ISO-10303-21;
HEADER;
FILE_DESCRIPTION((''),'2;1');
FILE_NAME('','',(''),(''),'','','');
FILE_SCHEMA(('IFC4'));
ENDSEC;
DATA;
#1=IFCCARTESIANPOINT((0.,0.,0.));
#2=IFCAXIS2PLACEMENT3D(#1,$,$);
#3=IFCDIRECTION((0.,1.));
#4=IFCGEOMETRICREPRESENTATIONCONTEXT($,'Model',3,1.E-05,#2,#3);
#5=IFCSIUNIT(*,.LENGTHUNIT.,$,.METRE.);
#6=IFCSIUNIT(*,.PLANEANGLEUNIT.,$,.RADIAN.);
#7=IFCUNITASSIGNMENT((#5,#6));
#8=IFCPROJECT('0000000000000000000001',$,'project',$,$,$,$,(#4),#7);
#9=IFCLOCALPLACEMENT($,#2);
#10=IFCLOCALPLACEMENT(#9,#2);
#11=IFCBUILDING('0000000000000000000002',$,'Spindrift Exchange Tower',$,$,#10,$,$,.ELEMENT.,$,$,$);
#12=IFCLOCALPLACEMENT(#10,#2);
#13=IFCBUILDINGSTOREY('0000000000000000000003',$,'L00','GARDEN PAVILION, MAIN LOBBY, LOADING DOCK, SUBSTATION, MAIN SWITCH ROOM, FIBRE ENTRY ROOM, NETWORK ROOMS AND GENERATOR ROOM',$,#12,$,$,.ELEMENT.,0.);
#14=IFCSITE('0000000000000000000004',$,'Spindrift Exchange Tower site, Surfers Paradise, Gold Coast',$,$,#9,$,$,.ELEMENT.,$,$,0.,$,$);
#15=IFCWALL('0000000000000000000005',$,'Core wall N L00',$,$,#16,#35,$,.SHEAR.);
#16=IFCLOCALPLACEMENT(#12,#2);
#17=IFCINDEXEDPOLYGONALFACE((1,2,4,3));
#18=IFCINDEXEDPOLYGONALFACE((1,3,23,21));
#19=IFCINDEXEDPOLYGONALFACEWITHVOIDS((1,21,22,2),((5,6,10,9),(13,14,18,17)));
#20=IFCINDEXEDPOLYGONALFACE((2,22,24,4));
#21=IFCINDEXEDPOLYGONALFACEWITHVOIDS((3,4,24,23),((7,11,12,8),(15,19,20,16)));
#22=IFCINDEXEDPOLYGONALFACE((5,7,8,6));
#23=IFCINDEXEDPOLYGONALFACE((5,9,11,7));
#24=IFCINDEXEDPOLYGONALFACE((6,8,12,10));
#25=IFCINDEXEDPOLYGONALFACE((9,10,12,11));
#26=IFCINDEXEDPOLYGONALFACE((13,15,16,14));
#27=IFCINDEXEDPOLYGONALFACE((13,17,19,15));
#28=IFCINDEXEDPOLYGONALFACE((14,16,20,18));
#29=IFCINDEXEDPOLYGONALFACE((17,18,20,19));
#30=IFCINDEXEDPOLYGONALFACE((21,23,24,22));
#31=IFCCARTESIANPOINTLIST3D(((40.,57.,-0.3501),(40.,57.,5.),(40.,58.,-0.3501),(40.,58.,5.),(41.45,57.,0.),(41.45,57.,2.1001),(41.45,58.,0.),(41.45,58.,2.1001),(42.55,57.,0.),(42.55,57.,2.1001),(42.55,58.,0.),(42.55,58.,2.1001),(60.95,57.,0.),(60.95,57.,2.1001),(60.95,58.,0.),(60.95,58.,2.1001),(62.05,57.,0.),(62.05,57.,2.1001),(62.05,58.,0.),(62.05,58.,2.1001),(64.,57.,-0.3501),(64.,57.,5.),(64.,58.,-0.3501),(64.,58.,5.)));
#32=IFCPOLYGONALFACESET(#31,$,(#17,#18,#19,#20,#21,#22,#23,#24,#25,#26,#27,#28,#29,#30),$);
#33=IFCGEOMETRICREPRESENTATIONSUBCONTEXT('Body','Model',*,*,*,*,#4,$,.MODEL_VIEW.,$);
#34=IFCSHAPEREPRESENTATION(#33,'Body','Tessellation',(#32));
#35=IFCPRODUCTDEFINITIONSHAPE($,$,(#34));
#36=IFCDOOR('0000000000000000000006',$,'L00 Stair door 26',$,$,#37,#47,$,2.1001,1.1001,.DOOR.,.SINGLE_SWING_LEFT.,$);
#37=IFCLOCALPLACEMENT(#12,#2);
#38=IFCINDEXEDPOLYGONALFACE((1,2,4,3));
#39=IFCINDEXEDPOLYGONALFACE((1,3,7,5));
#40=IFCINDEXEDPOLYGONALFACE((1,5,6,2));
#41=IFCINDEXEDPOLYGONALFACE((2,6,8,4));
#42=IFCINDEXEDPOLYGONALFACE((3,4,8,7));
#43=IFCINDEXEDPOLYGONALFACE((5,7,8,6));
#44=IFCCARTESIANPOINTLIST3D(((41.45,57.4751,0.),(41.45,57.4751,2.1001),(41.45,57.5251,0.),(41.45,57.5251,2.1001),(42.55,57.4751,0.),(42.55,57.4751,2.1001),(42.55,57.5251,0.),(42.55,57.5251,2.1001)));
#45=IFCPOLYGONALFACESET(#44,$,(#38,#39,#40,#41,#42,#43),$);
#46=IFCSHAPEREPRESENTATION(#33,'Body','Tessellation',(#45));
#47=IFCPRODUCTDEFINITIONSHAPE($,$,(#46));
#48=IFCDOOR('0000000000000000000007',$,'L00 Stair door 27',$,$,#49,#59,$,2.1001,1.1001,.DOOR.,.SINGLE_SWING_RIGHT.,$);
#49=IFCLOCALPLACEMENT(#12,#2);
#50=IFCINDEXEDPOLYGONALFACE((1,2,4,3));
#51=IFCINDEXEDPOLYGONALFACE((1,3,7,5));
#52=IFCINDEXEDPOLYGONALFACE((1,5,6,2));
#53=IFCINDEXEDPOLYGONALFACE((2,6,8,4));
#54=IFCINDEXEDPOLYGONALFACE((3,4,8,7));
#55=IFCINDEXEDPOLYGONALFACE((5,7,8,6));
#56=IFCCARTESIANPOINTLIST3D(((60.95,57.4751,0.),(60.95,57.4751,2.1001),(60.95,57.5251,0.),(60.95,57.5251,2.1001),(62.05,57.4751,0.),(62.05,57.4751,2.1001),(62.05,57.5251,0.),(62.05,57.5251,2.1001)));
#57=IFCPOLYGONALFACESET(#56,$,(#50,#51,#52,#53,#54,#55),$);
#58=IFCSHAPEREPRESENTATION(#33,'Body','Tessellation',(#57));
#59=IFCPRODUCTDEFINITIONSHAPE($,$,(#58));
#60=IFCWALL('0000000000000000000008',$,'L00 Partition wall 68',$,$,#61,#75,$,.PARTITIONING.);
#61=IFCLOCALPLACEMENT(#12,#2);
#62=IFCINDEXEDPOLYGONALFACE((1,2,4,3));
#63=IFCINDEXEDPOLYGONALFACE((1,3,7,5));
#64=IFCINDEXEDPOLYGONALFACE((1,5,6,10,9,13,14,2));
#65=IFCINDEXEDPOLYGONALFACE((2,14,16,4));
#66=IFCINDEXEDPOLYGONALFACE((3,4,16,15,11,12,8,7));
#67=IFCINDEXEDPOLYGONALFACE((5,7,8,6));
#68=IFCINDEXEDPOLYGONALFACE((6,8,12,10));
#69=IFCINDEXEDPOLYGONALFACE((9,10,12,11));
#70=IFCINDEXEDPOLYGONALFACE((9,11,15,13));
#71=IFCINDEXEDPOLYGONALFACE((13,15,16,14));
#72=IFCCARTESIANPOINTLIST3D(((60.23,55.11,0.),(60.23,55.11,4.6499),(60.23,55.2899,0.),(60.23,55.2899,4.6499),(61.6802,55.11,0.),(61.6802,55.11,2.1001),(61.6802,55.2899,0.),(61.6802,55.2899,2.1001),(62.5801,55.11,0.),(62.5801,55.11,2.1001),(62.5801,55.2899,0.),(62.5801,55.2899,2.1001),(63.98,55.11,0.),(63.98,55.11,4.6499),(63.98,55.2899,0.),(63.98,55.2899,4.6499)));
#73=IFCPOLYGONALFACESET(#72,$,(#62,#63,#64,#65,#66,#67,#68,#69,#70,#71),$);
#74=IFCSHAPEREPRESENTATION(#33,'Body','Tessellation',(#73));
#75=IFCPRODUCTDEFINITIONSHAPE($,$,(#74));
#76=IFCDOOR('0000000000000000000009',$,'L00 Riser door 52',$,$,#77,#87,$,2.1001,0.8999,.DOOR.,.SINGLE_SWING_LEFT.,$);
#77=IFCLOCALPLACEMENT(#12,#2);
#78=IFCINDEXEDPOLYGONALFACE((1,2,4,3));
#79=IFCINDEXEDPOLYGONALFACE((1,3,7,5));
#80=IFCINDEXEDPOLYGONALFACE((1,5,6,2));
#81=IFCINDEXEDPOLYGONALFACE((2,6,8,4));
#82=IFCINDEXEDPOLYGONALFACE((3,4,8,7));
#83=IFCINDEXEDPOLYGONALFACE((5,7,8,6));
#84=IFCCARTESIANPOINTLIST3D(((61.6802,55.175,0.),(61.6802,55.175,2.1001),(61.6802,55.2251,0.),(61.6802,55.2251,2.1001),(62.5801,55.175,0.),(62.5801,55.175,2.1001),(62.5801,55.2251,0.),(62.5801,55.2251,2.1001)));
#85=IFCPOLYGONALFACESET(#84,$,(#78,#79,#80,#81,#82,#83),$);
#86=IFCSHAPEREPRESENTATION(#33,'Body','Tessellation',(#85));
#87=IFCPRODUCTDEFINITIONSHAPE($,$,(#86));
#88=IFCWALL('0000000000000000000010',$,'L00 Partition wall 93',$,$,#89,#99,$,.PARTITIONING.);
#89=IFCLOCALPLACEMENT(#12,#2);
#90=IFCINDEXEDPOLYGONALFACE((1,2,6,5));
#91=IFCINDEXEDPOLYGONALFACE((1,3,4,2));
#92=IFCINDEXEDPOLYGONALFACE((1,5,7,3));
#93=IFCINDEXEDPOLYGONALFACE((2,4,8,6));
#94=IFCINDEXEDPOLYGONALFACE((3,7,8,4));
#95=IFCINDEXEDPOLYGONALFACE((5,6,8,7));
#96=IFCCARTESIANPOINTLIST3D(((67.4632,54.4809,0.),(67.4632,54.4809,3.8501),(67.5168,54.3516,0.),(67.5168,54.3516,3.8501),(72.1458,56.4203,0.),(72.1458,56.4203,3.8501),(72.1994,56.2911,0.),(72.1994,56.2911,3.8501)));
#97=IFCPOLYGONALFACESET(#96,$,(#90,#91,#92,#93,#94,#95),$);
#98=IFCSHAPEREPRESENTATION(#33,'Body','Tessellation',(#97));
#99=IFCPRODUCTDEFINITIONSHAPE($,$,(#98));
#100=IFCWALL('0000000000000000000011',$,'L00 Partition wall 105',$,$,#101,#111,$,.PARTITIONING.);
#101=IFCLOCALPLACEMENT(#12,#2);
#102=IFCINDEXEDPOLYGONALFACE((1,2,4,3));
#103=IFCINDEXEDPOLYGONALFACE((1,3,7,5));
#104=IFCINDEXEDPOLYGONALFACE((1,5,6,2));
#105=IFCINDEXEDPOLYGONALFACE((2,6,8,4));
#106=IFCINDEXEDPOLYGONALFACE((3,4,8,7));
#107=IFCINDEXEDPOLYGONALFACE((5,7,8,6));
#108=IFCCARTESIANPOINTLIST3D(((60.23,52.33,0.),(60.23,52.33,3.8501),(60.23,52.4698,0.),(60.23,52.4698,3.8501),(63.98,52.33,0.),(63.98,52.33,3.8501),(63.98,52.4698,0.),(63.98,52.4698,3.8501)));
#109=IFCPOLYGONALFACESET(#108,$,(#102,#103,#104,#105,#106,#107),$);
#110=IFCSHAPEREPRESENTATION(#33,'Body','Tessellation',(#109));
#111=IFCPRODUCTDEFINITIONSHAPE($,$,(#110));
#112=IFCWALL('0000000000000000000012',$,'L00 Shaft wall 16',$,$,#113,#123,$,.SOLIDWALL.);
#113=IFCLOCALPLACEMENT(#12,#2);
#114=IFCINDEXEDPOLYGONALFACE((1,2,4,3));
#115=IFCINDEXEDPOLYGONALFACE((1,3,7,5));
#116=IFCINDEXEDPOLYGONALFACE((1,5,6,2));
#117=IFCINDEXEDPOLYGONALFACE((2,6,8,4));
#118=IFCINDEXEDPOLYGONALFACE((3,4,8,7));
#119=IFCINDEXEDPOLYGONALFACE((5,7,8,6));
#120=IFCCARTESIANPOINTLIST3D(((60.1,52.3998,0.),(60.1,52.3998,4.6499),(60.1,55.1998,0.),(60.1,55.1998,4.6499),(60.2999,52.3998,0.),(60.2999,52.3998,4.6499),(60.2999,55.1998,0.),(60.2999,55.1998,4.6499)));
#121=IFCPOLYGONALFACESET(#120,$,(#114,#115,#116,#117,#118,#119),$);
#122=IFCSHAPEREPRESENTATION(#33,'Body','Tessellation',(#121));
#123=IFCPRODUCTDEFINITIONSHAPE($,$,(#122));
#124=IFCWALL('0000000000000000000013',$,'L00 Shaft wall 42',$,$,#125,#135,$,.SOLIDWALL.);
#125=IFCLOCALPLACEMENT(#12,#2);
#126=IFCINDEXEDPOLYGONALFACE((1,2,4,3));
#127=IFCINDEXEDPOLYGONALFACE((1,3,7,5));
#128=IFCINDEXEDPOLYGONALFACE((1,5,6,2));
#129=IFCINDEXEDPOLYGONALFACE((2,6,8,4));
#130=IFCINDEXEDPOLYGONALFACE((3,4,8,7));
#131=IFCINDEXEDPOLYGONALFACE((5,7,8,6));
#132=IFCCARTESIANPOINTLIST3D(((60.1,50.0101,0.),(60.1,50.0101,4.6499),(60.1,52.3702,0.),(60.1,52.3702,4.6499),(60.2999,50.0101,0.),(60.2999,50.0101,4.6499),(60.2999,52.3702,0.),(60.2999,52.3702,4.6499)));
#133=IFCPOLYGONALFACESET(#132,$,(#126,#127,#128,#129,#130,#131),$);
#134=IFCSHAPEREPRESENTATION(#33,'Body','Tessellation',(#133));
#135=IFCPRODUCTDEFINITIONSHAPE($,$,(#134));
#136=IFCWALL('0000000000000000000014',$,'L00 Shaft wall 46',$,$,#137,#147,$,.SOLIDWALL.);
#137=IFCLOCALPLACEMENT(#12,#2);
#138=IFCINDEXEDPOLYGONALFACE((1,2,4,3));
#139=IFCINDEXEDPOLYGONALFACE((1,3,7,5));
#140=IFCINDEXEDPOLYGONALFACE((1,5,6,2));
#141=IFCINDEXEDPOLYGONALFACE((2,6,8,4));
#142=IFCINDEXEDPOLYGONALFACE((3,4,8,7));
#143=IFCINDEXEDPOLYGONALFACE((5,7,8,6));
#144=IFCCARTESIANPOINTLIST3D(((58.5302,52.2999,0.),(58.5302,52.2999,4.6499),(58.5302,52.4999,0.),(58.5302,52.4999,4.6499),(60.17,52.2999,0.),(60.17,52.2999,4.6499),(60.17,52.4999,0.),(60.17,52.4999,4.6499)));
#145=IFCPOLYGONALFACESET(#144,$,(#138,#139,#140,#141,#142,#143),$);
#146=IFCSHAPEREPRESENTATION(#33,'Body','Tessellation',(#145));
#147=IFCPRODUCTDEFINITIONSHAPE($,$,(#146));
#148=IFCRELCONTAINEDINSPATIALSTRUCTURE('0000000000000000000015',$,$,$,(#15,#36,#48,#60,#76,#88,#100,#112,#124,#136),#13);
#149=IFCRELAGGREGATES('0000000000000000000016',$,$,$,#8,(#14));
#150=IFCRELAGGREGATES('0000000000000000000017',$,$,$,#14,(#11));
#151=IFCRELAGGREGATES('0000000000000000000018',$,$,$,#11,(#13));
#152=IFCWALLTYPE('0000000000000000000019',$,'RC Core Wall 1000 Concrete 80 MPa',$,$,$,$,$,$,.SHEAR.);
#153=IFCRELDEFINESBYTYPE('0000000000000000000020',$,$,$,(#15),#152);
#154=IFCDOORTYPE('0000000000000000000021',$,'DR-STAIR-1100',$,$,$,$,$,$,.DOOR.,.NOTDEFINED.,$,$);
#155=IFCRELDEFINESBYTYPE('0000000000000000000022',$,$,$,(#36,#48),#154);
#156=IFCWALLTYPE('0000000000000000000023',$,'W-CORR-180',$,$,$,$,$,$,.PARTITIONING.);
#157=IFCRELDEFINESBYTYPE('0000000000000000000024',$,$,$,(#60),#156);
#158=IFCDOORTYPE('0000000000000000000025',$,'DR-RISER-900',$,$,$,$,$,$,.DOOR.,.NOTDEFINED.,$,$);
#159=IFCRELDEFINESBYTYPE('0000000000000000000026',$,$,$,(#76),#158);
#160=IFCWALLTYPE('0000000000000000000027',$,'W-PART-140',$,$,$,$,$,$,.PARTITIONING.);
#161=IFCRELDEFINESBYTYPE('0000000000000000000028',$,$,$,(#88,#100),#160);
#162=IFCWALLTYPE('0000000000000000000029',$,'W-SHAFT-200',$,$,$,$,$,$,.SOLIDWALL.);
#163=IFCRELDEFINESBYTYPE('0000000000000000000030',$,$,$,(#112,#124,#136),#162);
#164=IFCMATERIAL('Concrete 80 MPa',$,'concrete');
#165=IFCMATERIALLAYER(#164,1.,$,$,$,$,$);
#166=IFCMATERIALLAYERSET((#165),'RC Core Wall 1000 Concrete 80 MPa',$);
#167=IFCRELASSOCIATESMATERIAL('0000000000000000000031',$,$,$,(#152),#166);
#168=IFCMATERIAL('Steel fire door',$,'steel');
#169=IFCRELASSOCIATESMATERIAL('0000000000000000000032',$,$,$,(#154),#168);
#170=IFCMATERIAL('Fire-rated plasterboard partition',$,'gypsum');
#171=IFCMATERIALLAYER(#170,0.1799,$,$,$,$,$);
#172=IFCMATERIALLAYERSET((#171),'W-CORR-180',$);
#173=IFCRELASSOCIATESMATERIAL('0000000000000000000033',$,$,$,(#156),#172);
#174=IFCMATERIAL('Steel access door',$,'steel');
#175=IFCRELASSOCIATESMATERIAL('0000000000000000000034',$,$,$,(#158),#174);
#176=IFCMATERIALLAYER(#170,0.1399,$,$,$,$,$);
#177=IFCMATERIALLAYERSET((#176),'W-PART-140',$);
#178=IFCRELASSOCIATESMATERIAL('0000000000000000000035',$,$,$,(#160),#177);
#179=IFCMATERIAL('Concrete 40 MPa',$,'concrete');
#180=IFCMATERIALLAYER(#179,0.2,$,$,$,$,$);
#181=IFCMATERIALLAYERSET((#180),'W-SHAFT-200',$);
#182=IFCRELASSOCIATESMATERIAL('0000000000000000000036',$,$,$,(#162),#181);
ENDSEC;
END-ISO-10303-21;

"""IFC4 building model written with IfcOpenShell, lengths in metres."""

from ifc_helpers import new_model, si_unit, direction, frame, frame_2d, origin, place, context, subcontext, project, spatial, rectangle, extrude, source, transform, mapped, material, layer, layer_set, type_object, element, fill, save


model = new_model("IFC4")

# Units and contexts
model_context = context("Model", 3, precision=1e-05, world=origin(), true_north=direction((0.0, 1.0)))
body_context = subcontext(model_context, "Body", "Model", "MODEL_VIEW")
ifc_project = project(units=[si_unit("LENGTHUNIT", "METRE"), si_unit("PLANEANGLEUNIT", "RADIAN")], contexts=[model_context])

# Site, building, storey
site_placement = place(None, origin())
site = spatial("IfcSite", under=ifc_project, at=site_placement, Name="Spindrift Exchange Tower site, Surfers Paradise, Gold Coast", CompositionType="ELEMENT", RefElevation=0.0)
building_placement = place(site_placement, origin())
building = spatial("IfcBuilding", under=site, at=building_placement, Name="Spindrift Exchange Tower", CompositionType="ELEMENT")
storey_placement = place(building_placement, origin())
storey = spatial("IfcBuildingStorey", under=building, at=storey_placement, Name="L00", Description="GARDEN PAVILION, MAIN LOBBY, LOADING DOCK, SUBSTATION, MAIN SWITCH ROOM, FIBRE ENTRY ROOM, NETWORK ROOMS AND GENERATOR ROOM", CompositionType="ELEMENT", Elevation=0.0)

# Shared definitions
ifc_material_1 = material(Name="Concrete 40 MPa", Category="concrete")

# Wall, openings, doors
ifc_material_2 = material(Name="Concrete 80 MPa", Category="concrete")
ifc_layer_1 = layer(ifc_material_2, 1.0)
ifc_layer_set_1 = layer_set([ifc_layer_1], Name="RC Core Wall 1000 Concrete 80 MPa")
wall_type_1 = type_object("IfcWallType", Name="RC Core Wall 1000 Concrete 80 MPa", PredefinedType="SHEAR", material=ifc_layer_set_1)
wall_1_placement = place(storey_placement, frame((64.0, 57.5, -0.3501), z_axis=(0.0, 0.0, 1.0), x_axis=(-1.0, 0.0, 0.0)))
wall_1 = element("IfcWall", 1, at=wall_1_placement, inside=storey, type_object=wall_type_1, Name="Core wall N L00", PredefinedType="SHEAR", context=body_context, shape_type="SweptSolid", body=[
    extrude(rectangle(XDim=24.0, YDim=1.0, at=frame_2d((12.0, 0.0))), origin(), (0.0, 0.0, 1.0), 5.3501),
])
opening_1_placement = place(wall_1_placement, frame((21.45, 0.0, 0.3501)))
opening_1 = element("IfcOpeningElement", 2, at=opening_1_placement, cuts=wall_1, PredefinedType="OPENING", context=body_context, shape_type="SweptSolid", body=[
    extrude(rectangle(XDim=1.1001, YDim=2.1001, at=frame_2d((0.55, 1.05))), frame((0.0, 0.51, 0.0), z_axis=(0.0, -1.0, 0.0), x_axis=(1.0, 0.0, 0.0)), (0.0, 0.0, 1.0), 1.02),
])
opening_2_placement = place(wall_1_placement, frame((1.95, 0.0, 0.3501)))
opening_2 = element("IfcOpeningElement", 3, at=opening_2_placement, cuts=wall_1, PredefinedType="OPENING", context=body_context, shape_type="SweptSolid", body=[
    extrude(rectangle(XDim=1.1001, YDim=2.1001, at=frame_2d((0.55, 1.05))), frame((0.0, 0.51, 0.0), z_axis=(0.0, -1.0, 0.0), x_axis=(1.0, 0.0, 0.0)), (0.0, 0.0, 1.0), 1.02),
])
ifc_material_3 = material(Name="Steel fire door", Category="steel")
door_type_1 = type_object("IfcDoorType", Name="DR-STAIR-1100", OperationType="NOTDEFINED", PredefinedType="DOOR", material=ifc_material_3)
shared_shape_1 = source(origin(), body_context, "Body", "SweptSolid", [
    extrude(rectangle(XDim=1.1001, YDim=2.1001, at=frame_2d((0.55, 1.05))), frame((0.0, 0.0249, 0.0), z_axis=(0.0, -1.0, 0.0), x_axis=(1.0, 0.0, 0.0)), (0.0, 0.0, 1.0), 0.05),
])
door_1_placement = place(opening_1_placement, origin())
door_1 = element("IfcDoor", 4, at=door_1_placement, inside=storey, type_object=door_type_1, Name="L00 Stair door 26", OperationType="SINGLE_SWING_LEFT", OverallHeight=2.1001, OverallWidth=1.1001, PredefinedType="DOOR", context=body_context, shape_type="MappedRepresentation", body=[
    mapped(shared_shape_1, transform((0.0, 0.0, 0.0), scale=1.0)),
])
fill(opening_1, door_1)
door_2_placement = place(opening_2_placement, origin())
door_2 = element("IfcDoor", 5, at=door_2_placement, inside=storey, type_object=door_type_1, Name="L00 Stair door 27", OperationType="SINGLE_SWING_RIGHT", OverallHeight=2.1001, OverallWidth=1.1001, PredefinedType="DOOR", context=body_context, shape_type="MappedRepresentation", body=[
    mapped(shared_shape_1, transform((0.0, 0.0, 0.0), scale=1.0)),
])
fill(opening_2, door_2)

# Wall, opening, door
ifc_material_4 = material(Name="Fire-rated plasterboard partition", Category="gypsum")
ifc_layer_2 = layer(ifc_material_4, 0.1799)
ifc_layer_set_2 = layer_set([ifc_layer_2], Name="W-CORR-180")
wall_type_2 = type_object("IfcWallType", Name="W-CORR-180", PredefinedType="PARTITIONING", material=ifc_layer_set_2)
wall_2_placement = place(storey_placement, frame((63.98, 55.2, 0.0), z_axis=(0.0, 0.0, 1.0), x_axis=(-1.0, 0.0, 0.0)))
wall_2 = element("IfcWall", 6, at=wall_2_placement, inside=storey, type_object=wall_type_2, Name="L00 Partition wall 68", PredefinedType="PARTITIONING", context=body_context, shape_type="SweptSolid", body=[
    extrude(rectangle(XDim=3.75, YDim=0.1799, at=frame_2d((1.875, 0.0))), origin(), (0.0, 0.0, 1.0), 4.6499),
])
opening_3_placement = place(wall_2_placement, frame((1.3999, 0.0, 0.0)))
opening_3 = element("IfcOpeningElement", 7, at=opening_3_placement, cuts=wall_2, PredefinedType="OPENING", context=body_context, shape_type="SweptSolid", body=[
    extrude(rectangle(XDim=0.8999, YDim=2.1001, at=frame_2d((0.45, 1.05))), frame((0.0, 0.0999, 0.0), z_axis=(0.0, -1.0, 0.0), x_axis=(1.0, 0.0, 0.0)), (0.0, 0.0, 1.0), 0.2),
])
ifc_material_5 = material(Name="Steel access door", Category="steel")
door_type_2 = type_object("IfcDoorType", Name="DR-RISER-900", OperationType="NOTDEFINED", PredefinedType="DOOR", material=ifc_material_5)
shared_shape_2 = source(origin(), body_context, "Body", "SweptSolid", [
    extrude(rectangle(XDim=0.8999, YDim=2.1001, at=frame_2d((0.45, 1.05))), frame((0.0, 0.0249, 0.0), z_axis=(0.0, -1.0, 0.0), x_axis=(1.0, 0.0, 0.0)), (0.0, 0.0, 1.0), 0.05),
])
door_3_placement = place(opening_3_placement, origin())
door_3 = element("IfcDoor", 8, at=door_3_placement, inside=storey, type_object=door_type_2, Name="L00 Riser door 52", OperationType="SINGLE_SWING_LEFT", OverallHeight=2.1001, OverallWidth=0.8999, PredefinedType="DOOR", context=body_context, shape_type="MappedRepresentation", body=[
    mapped(shared_shape_2, transform((0.0, 0.0, 0.0), scale=1.0)),
])
fill(opening_3, door_3)

# Walls
ifc_layer_3 = layer(ifc_material_4, 0.1399)
ifc_layer_set_3 = layer_set([ifc_layer_3], Name="W-PART-140")
wall_type_3 = type_object("IfcWallType", Name="W-PART-140", PredefinedType="PARTITIONING", material=ifc_layer_set_3)
wall_3_placement = place(storey_placement, frame((67.49, 54.4163, 0.0), z_axis=(0.0, 0.0, 1.0), x_axis=(0.92389, 0.382658, 0.0)))
element("IfcWall", 9, at=wall_3_placement, inside=storey, type_object=wall_type_3, Name="L00 Partition wall 93", PredefinedType="PARTITIONING", context=body_context, shape_type="SweptSolid", body=[
    extrude(rectangle(XDim=5.0684, YDim=0.1399, at=frame_2d((2.5342, 0.0))), origin(), (0.0, 0.0, 1.0), 3.8501),
])
wall_4_placement = place(storey_placement, frame((63.98, 52.3999, 0.0), z_axis=(0.0, 0.0, 1.0), x_axis=(-1.0, 0.0, 0.0)))
element("IfcWall", 10, at=wall_4_placement, inside=storey, type_object=wall_type_3, Name="L00 Partition wall 105", PredefinedType="PARTITIONING", context=body_context, shape_type="SweptSolid", body=[
    extrude(rectangle(XDim=3.75, YDim=0.1399, at=frame_2d((1.875, 0.0))), origin(), (0.0, 0.0, 1.0), 3.8501),
])
ifc_layer_4 = layer(ifc_material_1, 0.2)
ifc_layer_set_4 = layer_set([ifc_layer_4], Name="W-SHAFT-200")
wall_type_4 = type_object("IfcWallType", Name="W-SHAFT-200", PredefinedType="SOLIDWALL", material=ifc_layer_set_4)
wall_5_placement = place(storey_placement, frame((60.2, 52.3999, 0.0), z_axis=(0.0, 0.0, 1.0), x_axis=(0.0, 1.0, 0.0)))
element("IfcWall", 11, at=wall_5_placement, inside=storey, type_object=wall_type_4, Name="L00 Shaft wall 16", PredefinedType="SOLIDWALL", context=body_context, shape_type="SweptSolid", body=[
    extrude(rectangle(XDim=2.8, YDim=0.2, at=frame_2d((1.3999, 0.0))), origin(), (0.0, 0.0, 1.0), 4.6499),
])
wall_6_placement = place(storey_placement, frame((60.2, 50.01, 0.0), z_axis=(0.0, 0.0, 1.0), x_axis=(0.0, 1.0, 0.0)))
element("IfcWall", 12, at=wall_6_placement, inside=storey, type_object=wall_type_4, Name="L00 Shaft wall 42", PredefinedType="SOLIDWALL", context=body_context, shape_type="SweptSolid", body=[
    extrude(rectangle(XDim=2.3601, YDim=0.2, at=frame_2d((1.1802, 0.0))), origin(), (0.0, 0.0, 1.0), 4.6499),
])
wall_7_placement = place(storey_placement, frame((60.1699, 52.3999, 0.0), z_axis=(0.0, 0.0, 1.0), x_axis=(-1.0, 0.0, 0.0)))
element("IfcWall", 13, at=wall_7_placement, inside=storey, type_object=wall_type_4, Name="L00 Shaft wall 46", PredefinedType="SOLIDWALL", context=body_context, shape_type="SweptSolid", body=[
    extrude(rectangle(XDim=1.6399, YDim=0.2, at=frame_2d((0.8198, 0.0))), origin(), (0.0, 0.0, 1.0), 4.6499),
])

save(model, "model.ifc")
